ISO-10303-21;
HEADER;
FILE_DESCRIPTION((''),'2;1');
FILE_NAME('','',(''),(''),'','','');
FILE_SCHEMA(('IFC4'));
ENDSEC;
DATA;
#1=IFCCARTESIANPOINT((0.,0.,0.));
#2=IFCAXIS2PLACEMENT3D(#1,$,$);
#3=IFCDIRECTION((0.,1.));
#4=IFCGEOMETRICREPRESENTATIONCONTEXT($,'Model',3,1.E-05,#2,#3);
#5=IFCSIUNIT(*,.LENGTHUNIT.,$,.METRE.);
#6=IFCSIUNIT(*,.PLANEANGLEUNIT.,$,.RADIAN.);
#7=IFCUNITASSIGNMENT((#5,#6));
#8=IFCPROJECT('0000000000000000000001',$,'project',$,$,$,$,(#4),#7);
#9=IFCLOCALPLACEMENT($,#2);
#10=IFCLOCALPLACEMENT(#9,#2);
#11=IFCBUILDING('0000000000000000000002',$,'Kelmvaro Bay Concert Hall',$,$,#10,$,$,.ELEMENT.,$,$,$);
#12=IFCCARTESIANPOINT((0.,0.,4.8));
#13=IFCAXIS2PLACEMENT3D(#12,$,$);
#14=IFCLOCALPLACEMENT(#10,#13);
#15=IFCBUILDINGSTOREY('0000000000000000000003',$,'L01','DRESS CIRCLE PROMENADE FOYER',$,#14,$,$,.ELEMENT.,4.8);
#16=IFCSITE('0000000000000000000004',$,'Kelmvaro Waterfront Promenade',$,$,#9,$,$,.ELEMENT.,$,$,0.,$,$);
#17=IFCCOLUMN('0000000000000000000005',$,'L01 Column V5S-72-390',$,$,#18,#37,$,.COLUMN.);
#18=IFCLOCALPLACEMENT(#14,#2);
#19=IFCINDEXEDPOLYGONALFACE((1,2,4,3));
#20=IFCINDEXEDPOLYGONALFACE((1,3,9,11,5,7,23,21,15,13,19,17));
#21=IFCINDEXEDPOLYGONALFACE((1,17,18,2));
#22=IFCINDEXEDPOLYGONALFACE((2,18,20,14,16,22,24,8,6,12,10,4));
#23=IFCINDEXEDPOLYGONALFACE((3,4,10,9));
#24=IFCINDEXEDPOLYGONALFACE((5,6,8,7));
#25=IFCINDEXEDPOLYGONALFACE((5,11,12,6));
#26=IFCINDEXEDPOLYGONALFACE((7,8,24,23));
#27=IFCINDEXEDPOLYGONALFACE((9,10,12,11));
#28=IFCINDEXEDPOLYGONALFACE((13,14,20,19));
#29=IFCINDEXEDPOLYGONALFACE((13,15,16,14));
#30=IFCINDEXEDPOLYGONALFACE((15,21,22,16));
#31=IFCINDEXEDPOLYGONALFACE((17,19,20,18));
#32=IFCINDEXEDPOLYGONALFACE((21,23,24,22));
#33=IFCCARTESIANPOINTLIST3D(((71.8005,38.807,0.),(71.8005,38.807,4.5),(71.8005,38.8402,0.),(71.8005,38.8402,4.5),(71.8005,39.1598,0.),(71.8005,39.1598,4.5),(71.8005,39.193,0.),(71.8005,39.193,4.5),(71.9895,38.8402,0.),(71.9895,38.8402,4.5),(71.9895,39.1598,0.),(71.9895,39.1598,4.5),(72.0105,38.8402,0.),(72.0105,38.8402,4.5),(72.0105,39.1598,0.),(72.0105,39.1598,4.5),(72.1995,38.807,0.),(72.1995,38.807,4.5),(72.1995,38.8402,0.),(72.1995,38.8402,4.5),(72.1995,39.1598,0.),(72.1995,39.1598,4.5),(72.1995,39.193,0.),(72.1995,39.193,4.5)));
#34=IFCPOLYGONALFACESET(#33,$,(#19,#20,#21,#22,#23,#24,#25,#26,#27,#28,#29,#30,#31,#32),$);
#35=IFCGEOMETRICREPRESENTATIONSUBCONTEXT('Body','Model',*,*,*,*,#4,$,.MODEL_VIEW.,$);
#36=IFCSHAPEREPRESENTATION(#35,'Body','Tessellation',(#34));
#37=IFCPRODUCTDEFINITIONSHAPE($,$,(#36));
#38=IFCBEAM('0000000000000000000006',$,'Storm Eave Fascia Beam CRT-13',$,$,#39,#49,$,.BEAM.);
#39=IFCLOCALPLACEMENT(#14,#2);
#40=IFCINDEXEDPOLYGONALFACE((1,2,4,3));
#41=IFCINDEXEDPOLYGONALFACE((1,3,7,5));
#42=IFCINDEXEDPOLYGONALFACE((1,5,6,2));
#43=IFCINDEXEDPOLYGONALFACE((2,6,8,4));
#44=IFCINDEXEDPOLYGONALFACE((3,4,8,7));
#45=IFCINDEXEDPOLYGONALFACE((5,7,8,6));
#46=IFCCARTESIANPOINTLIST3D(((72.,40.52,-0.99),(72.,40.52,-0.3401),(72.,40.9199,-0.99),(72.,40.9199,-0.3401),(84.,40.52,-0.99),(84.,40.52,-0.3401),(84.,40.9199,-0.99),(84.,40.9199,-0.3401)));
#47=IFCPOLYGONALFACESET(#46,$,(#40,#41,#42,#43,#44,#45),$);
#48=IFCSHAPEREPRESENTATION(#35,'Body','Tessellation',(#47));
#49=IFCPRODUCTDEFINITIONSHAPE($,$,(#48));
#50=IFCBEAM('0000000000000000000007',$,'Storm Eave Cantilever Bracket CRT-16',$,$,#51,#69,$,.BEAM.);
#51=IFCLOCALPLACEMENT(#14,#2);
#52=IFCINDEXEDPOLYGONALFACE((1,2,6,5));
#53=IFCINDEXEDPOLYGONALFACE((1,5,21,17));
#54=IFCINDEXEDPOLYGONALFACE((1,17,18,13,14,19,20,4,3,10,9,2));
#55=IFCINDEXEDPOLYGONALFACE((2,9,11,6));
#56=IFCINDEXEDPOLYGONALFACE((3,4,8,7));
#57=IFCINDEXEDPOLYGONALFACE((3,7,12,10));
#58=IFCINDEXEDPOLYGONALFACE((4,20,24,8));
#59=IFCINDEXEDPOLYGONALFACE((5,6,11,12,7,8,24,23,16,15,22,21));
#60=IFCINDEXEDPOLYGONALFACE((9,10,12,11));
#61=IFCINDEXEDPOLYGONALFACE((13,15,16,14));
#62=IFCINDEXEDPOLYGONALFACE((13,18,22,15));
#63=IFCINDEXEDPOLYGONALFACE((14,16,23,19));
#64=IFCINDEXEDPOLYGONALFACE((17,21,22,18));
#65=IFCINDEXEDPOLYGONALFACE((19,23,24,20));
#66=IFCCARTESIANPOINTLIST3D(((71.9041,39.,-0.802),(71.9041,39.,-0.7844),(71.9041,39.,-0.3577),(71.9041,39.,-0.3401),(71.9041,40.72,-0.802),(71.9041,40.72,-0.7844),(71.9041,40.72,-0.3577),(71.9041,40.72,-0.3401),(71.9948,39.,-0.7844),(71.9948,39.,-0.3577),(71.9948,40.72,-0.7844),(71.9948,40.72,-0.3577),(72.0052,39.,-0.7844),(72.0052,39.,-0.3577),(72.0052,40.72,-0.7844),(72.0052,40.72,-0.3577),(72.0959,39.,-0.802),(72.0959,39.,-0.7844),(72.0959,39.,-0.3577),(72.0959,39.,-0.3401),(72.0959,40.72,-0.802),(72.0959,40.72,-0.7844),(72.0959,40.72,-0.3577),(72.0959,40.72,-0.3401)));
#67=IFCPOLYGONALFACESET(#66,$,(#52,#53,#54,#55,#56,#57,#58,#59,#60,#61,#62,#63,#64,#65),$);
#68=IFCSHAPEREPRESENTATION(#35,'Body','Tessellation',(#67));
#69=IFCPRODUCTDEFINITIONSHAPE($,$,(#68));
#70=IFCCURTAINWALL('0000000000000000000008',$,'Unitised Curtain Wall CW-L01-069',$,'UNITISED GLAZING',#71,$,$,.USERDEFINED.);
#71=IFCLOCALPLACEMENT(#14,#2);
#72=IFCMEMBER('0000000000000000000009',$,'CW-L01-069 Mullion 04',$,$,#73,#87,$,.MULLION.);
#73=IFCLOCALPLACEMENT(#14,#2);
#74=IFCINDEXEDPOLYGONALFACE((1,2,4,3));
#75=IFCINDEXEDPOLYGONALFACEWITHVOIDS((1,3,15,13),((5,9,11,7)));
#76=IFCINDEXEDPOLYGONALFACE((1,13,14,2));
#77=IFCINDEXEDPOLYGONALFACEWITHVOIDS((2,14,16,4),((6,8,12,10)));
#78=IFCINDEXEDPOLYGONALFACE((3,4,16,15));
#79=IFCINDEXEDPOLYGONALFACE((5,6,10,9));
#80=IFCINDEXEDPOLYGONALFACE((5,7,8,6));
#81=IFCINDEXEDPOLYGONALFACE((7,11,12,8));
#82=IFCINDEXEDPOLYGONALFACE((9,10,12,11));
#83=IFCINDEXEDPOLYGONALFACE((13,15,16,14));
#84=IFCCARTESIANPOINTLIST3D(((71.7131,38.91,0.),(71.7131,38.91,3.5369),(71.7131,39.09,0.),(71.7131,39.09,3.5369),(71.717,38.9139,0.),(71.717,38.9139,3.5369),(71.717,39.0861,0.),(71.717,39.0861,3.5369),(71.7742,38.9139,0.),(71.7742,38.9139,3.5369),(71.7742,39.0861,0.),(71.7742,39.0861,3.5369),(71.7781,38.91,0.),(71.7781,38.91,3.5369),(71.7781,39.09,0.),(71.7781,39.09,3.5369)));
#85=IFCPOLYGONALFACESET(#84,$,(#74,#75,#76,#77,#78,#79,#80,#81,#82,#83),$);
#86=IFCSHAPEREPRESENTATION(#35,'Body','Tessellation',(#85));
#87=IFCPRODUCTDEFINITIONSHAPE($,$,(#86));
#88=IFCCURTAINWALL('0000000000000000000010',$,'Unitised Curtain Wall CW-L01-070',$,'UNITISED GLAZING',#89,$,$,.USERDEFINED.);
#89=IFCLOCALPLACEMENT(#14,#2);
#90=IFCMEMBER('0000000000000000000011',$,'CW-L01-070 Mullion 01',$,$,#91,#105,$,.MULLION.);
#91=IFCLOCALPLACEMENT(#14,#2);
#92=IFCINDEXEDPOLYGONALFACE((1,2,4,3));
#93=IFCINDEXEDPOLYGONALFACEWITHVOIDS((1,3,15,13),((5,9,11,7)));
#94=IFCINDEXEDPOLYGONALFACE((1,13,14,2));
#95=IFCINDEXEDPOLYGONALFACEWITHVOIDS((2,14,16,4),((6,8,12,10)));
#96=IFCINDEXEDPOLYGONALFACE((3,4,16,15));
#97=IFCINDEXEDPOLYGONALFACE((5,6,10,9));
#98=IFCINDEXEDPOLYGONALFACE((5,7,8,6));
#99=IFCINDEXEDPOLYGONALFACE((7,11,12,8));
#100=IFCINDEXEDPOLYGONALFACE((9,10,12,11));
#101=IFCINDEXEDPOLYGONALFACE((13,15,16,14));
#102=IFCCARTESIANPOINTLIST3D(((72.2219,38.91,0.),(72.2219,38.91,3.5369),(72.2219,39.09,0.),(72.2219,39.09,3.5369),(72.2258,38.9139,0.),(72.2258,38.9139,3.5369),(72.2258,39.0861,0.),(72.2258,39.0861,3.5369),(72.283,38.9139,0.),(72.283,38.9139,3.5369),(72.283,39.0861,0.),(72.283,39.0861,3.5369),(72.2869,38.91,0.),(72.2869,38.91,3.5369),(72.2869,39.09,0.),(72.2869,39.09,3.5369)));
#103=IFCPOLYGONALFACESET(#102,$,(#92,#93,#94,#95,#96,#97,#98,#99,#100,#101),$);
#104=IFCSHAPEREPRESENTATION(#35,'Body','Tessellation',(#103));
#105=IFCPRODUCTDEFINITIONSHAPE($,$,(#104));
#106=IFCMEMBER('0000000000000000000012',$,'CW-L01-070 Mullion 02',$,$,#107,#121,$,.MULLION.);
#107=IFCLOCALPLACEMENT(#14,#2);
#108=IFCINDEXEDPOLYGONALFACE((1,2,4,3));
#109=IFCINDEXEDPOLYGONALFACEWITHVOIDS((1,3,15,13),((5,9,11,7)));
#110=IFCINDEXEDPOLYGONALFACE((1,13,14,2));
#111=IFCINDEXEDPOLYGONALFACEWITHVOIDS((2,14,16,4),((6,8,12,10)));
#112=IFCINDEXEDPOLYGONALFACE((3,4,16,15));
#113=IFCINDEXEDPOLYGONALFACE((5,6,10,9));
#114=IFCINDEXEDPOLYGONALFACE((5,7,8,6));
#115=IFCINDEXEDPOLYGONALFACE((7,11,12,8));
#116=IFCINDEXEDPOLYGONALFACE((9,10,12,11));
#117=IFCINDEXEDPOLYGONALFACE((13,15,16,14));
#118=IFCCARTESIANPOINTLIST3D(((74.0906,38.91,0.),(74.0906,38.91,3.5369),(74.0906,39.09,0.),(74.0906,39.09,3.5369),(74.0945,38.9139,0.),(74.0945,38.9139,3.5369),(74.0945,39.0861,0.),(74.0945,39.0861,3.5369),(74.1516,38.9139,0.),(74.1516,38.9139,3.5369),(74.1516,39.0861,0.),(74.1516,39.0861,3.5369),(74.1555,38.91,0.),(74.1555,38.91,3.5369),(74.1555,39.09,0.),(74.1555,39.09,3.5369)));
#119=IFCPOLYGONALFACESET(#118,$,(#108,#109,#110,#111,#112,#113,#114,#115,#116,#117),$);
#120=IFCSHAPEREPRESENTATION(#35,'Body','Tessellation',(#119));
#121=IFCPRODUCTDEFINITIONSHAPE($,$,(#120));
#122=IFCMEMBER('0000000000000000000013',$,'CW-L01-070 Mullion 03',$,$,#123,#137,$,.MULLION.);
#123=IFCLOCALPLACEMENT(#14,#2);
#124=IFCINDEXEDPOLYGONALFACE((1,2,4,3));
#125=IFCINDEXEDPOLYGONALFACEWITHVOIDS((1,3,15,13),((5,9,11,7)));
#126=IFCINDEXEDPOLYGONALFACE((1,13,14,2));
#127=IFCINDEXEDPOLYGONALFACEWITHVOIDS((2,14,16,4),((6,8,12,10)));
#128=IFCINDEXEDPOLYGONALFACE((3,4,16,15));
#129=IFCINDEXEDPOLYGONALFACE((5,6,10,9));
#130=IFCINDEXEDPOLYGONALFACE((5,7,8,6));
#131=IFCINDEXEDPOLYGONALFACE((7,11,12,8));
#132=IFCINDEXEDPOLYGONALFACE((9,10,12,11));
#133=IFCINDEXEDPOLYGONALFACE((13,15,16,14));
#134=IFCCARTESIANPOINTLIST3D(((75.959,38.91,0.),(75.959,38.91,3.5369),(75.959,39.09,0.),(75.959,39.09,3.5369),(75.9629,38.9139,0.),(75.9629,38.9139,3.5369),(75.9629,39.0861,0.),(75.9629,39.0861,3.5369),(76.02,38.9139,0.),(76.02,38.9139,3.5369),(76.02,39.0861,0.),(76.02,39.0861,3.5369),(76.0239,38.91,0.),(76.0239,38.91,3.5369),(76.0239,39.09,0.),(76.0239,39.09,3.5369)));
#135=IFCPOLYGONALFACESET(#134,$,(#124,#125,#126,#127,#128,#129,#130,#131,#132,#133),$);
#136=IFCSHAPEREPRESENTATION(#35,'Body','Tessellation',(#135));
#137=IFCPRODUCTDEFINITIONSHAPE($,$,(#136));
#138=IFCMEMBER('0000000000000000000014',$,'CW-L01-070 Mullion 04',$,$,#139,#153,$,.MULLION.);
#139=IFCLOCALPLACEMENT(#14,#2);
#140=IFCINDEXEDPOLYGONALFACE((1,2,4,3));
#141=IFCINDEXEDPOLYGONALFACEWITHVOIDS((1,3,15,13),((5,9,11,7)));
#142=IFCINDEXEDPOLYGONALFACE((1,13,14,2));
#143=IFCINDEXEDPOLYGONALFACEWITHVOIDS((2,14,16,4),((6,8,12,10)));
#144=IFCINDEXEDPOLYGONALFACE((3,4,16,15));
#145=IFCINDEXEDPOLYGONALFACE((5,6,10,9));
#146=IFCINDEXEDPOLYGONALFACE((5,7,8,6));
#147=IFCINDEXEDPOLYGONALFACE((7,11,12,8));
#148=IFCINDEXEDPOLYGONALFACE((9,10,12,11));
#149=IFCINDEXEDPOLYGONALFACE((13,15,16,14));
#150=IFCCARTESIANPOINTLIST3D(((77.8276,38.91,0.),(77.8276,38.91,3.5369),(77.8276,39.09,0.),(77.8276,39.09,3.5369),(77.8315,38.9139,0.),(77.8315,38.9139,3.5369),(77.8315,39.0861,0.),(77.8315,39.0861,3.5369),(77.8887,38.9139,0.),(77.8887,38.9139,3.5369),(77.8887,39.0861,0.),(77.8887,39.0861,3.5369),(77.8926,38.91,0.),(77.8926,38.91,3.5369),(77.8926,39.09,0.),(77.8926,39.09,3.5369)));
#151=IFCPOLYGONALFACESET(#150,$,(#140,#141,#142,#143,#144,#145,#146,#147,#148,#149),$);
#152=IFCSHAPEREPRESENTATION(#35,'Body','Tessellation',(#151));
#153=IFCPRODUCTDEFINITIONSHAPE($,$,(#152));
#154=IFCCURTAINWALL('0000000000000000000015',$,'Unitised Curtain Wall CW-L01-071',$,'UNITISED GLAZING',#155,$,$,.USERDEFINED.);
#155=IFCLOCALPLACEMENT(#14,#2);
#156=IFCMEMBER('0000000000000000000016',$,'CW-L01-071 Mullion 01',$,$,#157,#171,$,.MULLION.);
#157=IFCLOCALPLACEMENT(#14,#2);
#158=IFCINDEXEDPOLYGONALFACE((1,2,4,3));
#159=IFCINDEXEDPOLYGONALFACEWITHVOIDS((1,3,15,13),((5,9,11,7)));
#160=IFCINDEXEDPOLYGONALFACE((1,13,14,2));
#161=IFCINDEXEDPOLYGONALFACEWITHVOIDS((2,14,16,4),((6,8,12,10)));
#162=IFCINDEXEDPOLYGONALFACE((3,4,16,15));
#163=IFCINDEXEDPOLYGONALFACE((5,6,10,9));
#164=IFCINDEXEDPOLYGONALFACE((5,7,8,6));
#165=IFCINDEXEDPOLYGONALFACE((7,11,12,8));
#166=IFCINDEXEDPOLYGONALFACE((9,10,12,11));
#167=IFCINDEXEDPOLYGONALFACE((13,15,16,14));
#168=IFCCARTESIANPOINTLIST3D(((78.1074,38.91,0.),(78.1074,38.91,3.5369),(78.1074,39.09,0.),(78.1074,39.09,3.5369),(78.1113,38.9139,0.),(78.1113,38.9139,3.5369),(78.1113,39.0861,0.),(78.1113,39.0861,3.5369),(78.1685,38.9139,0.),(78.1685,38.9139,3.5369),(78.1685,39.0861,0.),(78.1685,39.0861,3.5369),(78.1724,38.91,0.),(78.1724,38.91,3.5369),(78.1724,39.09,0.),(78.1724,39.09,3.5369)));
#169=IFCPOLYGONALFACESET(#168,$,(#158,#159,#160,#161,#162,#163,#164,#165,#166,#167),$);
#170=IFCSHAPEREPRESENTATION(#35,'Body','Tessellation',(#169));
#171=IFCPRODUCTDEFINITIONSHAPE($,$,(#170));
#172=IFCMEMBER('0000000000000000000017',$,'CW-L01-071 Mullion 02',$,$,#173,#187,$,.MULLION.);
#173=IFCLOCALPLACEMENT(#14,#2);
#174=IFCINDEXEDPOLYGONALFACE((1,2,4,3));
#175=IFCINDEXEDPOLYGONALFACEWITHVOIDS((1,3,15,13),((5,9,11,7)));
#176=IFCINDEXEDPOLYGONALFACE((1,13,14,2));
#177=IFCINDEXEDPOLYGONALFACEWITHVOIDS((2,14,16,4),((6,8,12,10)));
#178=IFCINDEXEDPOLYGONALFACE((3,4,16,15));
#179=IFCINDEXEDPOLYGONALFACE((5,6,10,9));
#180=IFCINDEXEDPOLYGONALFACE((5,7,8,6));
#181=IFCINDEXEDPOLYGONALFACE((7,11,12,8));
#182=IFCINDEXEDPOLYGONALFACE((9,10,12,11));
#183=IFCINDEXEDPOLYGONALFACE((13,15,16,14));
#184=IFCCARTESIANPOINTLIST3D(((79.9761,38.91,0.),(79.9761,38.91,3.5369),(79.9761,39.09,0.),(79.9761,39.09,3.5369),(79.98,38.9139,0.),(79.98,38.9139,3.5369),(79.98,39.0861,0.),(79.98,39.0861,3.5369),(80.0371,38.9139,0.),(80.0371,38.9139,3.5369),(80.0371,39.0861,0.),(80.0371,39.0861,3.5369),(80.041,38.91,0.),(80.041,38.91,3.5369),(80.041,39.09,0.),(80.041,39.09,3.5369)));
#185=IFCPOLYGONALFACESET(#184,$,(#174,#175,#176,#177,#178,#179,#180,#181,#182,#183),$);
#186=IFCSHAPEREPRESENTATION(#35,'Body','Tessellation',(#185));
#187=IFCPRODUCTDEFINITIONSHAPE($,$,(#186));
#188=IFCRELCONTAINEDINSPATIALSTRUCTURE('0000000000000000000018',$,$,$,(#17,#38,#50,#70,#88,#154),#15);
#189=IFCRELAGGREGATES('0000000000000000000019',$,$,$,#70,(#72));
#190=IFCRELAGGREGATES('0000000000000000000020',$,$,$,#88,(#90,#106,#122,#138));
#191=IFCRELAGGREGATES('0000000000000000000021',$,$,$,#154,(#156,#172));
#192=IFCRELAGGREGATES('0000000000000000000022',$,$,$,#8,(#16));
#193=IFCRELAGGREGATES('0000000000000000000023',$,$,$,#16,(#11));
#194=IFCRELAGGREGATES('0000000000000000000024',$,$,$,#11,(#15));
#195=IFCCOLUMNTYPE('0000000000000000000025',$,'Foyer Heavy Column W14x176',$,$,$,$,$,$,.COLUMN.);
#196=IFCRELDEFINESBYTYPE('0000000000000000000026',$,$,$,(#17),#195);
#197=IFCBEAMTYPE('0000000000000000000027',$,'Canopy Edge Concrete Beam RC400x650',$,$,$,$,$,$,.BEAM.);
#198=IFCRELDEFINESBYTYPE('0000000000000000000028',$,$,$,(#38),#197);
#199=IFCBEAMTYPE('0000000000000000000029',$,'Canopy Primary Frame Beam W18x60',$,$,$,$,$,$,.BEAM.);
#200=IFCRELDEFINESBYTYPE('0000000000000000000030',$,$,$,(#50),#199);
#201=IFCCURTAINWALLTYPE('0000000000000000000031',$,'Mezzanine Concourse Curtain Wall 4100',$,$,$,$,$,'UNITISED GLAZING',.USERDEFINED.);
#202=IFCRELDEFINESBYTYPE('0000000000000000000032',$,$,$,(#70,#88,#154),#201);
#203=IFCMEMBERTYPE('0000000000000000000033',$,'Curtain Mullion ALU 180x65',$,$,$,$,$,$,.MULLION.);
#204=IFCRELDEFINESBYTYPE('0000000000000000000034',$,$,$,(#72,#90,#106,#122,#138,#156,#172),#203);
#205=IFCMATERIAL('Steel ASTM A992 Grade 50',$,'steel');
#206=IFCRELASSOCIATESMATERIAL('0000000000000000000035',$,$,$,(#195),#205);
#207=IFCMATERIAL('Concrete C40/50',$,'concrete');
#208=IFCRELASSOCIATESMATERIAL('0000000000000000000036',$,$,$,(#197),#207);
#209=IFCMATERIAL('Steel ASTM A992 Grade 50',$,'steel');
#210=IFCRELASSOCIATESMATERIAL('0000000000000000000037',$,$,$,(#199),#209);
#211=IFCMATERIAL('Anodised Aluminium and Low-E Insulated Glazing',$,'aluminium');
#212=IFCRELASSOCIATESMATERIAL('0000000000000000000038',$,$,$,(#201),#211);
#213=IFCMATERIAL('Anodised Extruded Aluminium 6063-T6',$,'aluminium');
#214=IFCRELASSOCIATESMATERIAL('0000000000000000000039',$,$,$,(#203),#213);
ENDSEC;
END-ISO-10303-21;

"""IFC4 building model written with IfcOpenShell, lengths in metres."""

from ifc_helpers import new_model, si_unit, direction, frame, origin, origin_2d, place, context, subcontext, project, spatial, rectangle, hollow_rectangle, i_section, extrude, material, material_profile, profile_set, type_object, element, aggregate, save


model = new_model("IFC4")

# Units and contexts
model_context = context("Model", 3, precision=1e-05, world=origin(), true_north=direction((0.0, 1.0)))
body_context = subcontext(model_context, "Body", "Model", "MODEL_VIEW")
ifc_project = project(units=[si_unit("LENGTHUNIT", "METRE"), si_unit("PLANEANGLEUNIT", "RADIAN")], contexts=[model_context])

# Site, building, storey
site_placement = place(None, origin())
site = spatial("IfcSite", under=ifc_project, at=site_placement, Name="Kelmvaro Waterfront Promenade", CompositionType="ELEMENT", RefElevation=0.0)
building_placement = place(site_placement, origin())
building = spatial("IfcBuilding", under=site, at=building_placement, Name="Kelmvaro Bay Concert Hall", CompositionType="ELEMENT")
storey_placement = place(building_placement, frame((0.0, 0.0, 4.8)))
storey = spatial("IfcBuildingStorey", under=building, at=storey_placement, Name="L01", Description="DRESS CIRCLE PROMENADE FOYER", CompositionType="ELEMENT", Elevation=4.8)

# Column
ifc_material_1 = material(Name="Steel ASTM A992 Grade 50", Category="steel")
ifc_material_profile_1 = material_profile(ifc_material_1, i_section(OverallWidth=0.3989, OverallDepth=0.386, WebThickness=0.021, FlangeThickness=0.0332, at=origin_2d()), Name="W14X176")
ifc_profile_set_1 = profile_set([ifc_material_profile_1], Name="Steel ASTM A992 Grade 50")
column_type = type_object("IfcColumnType", Name="Foyer Heavy Column W14x176", PredefinedType="COLUMN", material=ifc_profile_set_1)
column_placement = place(storey_placement, frame((72.0, 39.0, 0.0), z_axis=(0.0, 0.0, 1.0), x_axis=(1.0, 0.0, 0.0)))
element("IfcColumn", 1, at=column_placement, inside=storey, type_object=column_type, Name="L01 Column V5S-72-390", PredefinedType="COLUMN", context=body_context, shape_type="SweptSolid", body=[
    extrude(i_section(OverallWidth=0.3989, OverallDepth=0.386, WebThickness=0.021, FlangeThickness=0.0332, at=origin_2d()), origin(), (0.0, 0.0, 1.0), 4.5),
])

# Beams
ifc_material_2 = material(Name="Concrete C40/50", Category="concrete")
ifc_material_profile_2 = material_profile(ifc_material_2, rectangle(XDim=0.3999, YDim=0.6499, at=origin_2d()), Name="RC-BM-400X650")
ifc_profile_set_2 = profile_set([ifc_material_profile_2], Name="Concrete C40/50")
beam_type_1 = type_object("IfcBeamType", Name="Canopy Edge Concrete Beam RC400x650", PredefinedType="BEAM", material=ifc_profile_set_2)
beam_1_placement = place(storey_placement, frame((72.0, 40.72, -0.665), z_axis=(1.0, 0.0, 0.0), x_axis=(0.0, 1.0, 0.0)))
element("IfcBeam", 2, at=beam_1_placement, inside=storey, type_object=beam_type_1, Name="Storm Eave Fascia Beam CRT-13", PredefinedType="BEAM", context=body_context, shape_type="SweptSolid", body=[
    extrude(rectangle(XDim=0.3999, YDim=0.6499, at=origin_2d()), origin(), (0.0, 0.0, 1.0), 12.0),
])
ifc_material_3 = material(Name="Steel ASTM A992 Grade 50", Category="steel")
ifc_material_profile_3 = material_profile(ifc_material_3, i_section(OverallWidth=0.1919, OverallDepth=0.4619, WebThickness=0.0105, FlangeThickness=0.0176, at=origin_2d()), Name="W18X60")
ifc_profile_set_3 = profile_set([ifc_material_profile_3], Name="Steel ASTM A992 Grade 50")
beam_type_2 = type_object("IfcBeamType", Name="Canopy Primary Frame Beam W18x60", PredefinedType="BEAM", material=ifc_profile_set_3)
beam_2_placement = place(storey_placement, frame((72.0, 39.0, -0.571), z_axis=(0.0, 1.0, 0.0), x_axis=(-1.0, 0.0, 0.0)))
element("IfcBeam", 3, at=beam_2_placement, inside=storey, type_object=beam_type_2, Name="Storm Eave Cantilever Bracket CRT-16", PredefinedType="BEAM", context=body_context, shape_type="SweptSolid", body=[
    extrude(i_section(OverallWidth=0.1919, OverallDepth=0.4619, WebThickness=0.0105, FlangeThickness=0.0176, at=origin_2d()), origin(), (0.0, 0.0, 1.0), 1.72),
])

# Curtain wall, member
ifc_material_4 = material(Name="Anodised Aluminium and Low-E Insulated Glazing", Category="aluminium")
curtain_wall_type = type_object("IfcCurtainWallType", Name="Mezzanine Concourse Curtain Wall 4100", ElementType="UNITISED GLAZING", PredefinedType="USERDEFINED", material=ifc_material_4)
curtain_wall_1_placement = place(storey_placement, origin())
curtain_wall_1 = element("IfcCurtainWall", 4, at=curtain_wall_1_placement, inside=storey, type_object=curtain_wall_type, Name="Unitised Curtain Wall CW-L01-069", ObjectType="UNITISED GLAZING", PredefinedType="USERDEFINED")
ifc_material_5 = material(Name="Anodised Extruded Aluminium 6063-T6", Category="aluminium")
ifc_material_profile_4 = material_profile(ifc_material_5, hollow_rectangle(XDim=0.0649, YDim=0.1799, WallThickness=0.0039, at=origin_2d()), Name="ALU-MUL-180X65")
ifc_profile_set_4 = profile_set([ifc_material_profile_4], Name="Anodised Extruded Aluminium 6063-T6")
member_type_1 = type_object("IfcMemberType", Name="Curtain Mullion ALU 180x65", PredefinedType="MULLION", material=ifc_profile_set_4)
member_1_placement = place(storey_placement, frame((71.7456, 39.0, 0.0), z_axis=(0.0, 0.0, 1.0), x_axis=(1.0, 0.0, 0.0)))
member_1 = element("IfcMember", 5, at=member_1_placement, type_object=member_type_1, Name="CW-L01-069 Mullion 04", PredefinedType="MULLION", context=body_context, shape_type="SweptSolid", body=[
    extrude(hollow_rectangle(XDim=0.0649, YDim=0.1799, WallThickness=0.0039, at=origin_2d()), origin(), (0.0, 0.0, 1.0), 3.5369),
])

# Curtain walls, members
curtain_wall_2_placement = place(storey_placement, origin())
curtain_wall_2 = element("IfcCurtainWall", 6, at=curtain_wall_2_placement, inside=storey, type_object=curtain_wall_type, Name="Unitised Curtain Wall CW-L01-070", ObjectType="UNITISED GLAZING", PredefinedType="USERDEFINED")
member_2_placement = place(storey_placement, frame((72.2544, 39.0, 0.0), z_axis=(0.0, 0.0, 1.0), x_axis=(1.0, 0.0, 0.0)))
member_2 = element("IfcMember", 7, at=member_2_placement, type_object=member_type_1, Name="CW-L01-070 Mullion 01", PredefinedType="MULLION", context=body_context, shape_type="SweptSolid", body=[
    extrude(hollow_rectangle(XDim=0.0649, YDim=0.1799, WallThickness=0.0039, at=origin_2d()), origin(), (0.0, 0.0, 1.0), 3.5369),
])
member_3_placement = place(storey_placement, frame((74.123, 39.0, 0.0), z_axis=(0.0, 0.0, 1.0), x_axis=(1.0, 0.0, 0.0)))
member_3 = element("IfcMember", 8, at=member_3_placement, type_object=member_type_1, Name="CW-L01-070 Mullion 02", PredefinedType="MULLION", context=body_context, shape_type="SweptSolid", body=[
    extrude(hollow_rectangle(XDim=0.0649, YDim=0.1799, WallThickness=0.0039, at=origin_2d()), origin(), (0.0, 0.0, 1.0), 3.5369),
])
member_4_placement = place(storey_placement, frame((75.9915, 39.0, 0.0), z_axis=(0.0, 0.0, 1.0), x_axis=(1.0, 0.0, 0.0)))
member_4 = element("IfcMember", 9, at=member_4_placement, type_object=member_type_1, Name="CW-L01-070 Mullion 03", PredefinedType="MULLION", context=body_context, shape_type="SweptSolid", body=[
    extrude(hollow_rectangle(XDim=0.0649, YDim=0.1799, WallThickness=0.0039, at=origin_2d()), origin(), (0.0, 0.0, 1.0), 3.5369),
])
member_5_placement = place(storey_placement, frame((77.8601, 39.0, 0.0), z_axis=(0.0, 0.0, 1.0), x_axis=(1.0, 0.0, 0.0)))
member_5 = element("IfcMember", 10, at=member_5_placement, type_object=member_type_1, Name="CW-L01-070 Mullion 04", PredefinedType="MULLION", context=body_context, shape_type="SweptSolid", body=[
    extrude(hollow_rectangle(XDim=0.0649, YDim=0.1799, WallThickness=0.0039, at=origin_2d()), origin(), (0.0, 0.0, 1.0), 3.5369),
])
curtain_wall_3_placement = place(storey_placement, origin())
curtain_wall_3 = element("IfcCurtainWall", 11, at=curtain_wall_3_placement, inside=storey, type_object=curtain_wall_type, Name="Unitised Curtain Wall CW-L01-071", ObjectType="UNITISED GLAZING", PredefinedType="USERDEFINED")
member_6_placement = place(storey_placement, frame((78.1399, 39.0, 0.0), z_axis=(0.0, 0.0, 1.0), x_axis=(1.0, 0.0, 0.0)))
member_6 = element("IfcMember", 12, at=member_6_placement, type_object=member_type_1, Name="CW-L01-071 Mullion 01", PredefinedType="MULLION", context=body_context, shape_type="SweptSolid", body=[
    extrude(hollow_rectangle(XDim=0.0649, YDim=0.1799, WallThickness=0.0039, at=origin_2d()), origin(), (0.0, 0.0, 1.0), 3.5369),
])
member_7_placement = place(storey_placement, frame((80.0085, 39.0, 0.0), z_axis=(0.0, 0.0, 1.0), x_axis=(1.0, 0.0, 0.0)))
member_7 = element("IfcMember", 13, at=member_7_placement, type_object=member_type_1, Name="CW-L01-071 Mullion 02", PredefinedType="MULLION", context=body_context, shape_type="SweptSolid", body=[
    extrude(hollow_rectangle(XDim=0.0649, YDim=0.1799, WallThickness=0.0039, at=origin_2d()), origin(), (0.0, 0.0, 1.0), 3.5369),
])

aggregate(curtain_wall_1, [member_1])
aggregate(curtain_wall_2, [member_2, member_3, member_4, member_5])
aggregate(curtain_wall_3, [member_6, member_7])

save(model, "model.ifc")
